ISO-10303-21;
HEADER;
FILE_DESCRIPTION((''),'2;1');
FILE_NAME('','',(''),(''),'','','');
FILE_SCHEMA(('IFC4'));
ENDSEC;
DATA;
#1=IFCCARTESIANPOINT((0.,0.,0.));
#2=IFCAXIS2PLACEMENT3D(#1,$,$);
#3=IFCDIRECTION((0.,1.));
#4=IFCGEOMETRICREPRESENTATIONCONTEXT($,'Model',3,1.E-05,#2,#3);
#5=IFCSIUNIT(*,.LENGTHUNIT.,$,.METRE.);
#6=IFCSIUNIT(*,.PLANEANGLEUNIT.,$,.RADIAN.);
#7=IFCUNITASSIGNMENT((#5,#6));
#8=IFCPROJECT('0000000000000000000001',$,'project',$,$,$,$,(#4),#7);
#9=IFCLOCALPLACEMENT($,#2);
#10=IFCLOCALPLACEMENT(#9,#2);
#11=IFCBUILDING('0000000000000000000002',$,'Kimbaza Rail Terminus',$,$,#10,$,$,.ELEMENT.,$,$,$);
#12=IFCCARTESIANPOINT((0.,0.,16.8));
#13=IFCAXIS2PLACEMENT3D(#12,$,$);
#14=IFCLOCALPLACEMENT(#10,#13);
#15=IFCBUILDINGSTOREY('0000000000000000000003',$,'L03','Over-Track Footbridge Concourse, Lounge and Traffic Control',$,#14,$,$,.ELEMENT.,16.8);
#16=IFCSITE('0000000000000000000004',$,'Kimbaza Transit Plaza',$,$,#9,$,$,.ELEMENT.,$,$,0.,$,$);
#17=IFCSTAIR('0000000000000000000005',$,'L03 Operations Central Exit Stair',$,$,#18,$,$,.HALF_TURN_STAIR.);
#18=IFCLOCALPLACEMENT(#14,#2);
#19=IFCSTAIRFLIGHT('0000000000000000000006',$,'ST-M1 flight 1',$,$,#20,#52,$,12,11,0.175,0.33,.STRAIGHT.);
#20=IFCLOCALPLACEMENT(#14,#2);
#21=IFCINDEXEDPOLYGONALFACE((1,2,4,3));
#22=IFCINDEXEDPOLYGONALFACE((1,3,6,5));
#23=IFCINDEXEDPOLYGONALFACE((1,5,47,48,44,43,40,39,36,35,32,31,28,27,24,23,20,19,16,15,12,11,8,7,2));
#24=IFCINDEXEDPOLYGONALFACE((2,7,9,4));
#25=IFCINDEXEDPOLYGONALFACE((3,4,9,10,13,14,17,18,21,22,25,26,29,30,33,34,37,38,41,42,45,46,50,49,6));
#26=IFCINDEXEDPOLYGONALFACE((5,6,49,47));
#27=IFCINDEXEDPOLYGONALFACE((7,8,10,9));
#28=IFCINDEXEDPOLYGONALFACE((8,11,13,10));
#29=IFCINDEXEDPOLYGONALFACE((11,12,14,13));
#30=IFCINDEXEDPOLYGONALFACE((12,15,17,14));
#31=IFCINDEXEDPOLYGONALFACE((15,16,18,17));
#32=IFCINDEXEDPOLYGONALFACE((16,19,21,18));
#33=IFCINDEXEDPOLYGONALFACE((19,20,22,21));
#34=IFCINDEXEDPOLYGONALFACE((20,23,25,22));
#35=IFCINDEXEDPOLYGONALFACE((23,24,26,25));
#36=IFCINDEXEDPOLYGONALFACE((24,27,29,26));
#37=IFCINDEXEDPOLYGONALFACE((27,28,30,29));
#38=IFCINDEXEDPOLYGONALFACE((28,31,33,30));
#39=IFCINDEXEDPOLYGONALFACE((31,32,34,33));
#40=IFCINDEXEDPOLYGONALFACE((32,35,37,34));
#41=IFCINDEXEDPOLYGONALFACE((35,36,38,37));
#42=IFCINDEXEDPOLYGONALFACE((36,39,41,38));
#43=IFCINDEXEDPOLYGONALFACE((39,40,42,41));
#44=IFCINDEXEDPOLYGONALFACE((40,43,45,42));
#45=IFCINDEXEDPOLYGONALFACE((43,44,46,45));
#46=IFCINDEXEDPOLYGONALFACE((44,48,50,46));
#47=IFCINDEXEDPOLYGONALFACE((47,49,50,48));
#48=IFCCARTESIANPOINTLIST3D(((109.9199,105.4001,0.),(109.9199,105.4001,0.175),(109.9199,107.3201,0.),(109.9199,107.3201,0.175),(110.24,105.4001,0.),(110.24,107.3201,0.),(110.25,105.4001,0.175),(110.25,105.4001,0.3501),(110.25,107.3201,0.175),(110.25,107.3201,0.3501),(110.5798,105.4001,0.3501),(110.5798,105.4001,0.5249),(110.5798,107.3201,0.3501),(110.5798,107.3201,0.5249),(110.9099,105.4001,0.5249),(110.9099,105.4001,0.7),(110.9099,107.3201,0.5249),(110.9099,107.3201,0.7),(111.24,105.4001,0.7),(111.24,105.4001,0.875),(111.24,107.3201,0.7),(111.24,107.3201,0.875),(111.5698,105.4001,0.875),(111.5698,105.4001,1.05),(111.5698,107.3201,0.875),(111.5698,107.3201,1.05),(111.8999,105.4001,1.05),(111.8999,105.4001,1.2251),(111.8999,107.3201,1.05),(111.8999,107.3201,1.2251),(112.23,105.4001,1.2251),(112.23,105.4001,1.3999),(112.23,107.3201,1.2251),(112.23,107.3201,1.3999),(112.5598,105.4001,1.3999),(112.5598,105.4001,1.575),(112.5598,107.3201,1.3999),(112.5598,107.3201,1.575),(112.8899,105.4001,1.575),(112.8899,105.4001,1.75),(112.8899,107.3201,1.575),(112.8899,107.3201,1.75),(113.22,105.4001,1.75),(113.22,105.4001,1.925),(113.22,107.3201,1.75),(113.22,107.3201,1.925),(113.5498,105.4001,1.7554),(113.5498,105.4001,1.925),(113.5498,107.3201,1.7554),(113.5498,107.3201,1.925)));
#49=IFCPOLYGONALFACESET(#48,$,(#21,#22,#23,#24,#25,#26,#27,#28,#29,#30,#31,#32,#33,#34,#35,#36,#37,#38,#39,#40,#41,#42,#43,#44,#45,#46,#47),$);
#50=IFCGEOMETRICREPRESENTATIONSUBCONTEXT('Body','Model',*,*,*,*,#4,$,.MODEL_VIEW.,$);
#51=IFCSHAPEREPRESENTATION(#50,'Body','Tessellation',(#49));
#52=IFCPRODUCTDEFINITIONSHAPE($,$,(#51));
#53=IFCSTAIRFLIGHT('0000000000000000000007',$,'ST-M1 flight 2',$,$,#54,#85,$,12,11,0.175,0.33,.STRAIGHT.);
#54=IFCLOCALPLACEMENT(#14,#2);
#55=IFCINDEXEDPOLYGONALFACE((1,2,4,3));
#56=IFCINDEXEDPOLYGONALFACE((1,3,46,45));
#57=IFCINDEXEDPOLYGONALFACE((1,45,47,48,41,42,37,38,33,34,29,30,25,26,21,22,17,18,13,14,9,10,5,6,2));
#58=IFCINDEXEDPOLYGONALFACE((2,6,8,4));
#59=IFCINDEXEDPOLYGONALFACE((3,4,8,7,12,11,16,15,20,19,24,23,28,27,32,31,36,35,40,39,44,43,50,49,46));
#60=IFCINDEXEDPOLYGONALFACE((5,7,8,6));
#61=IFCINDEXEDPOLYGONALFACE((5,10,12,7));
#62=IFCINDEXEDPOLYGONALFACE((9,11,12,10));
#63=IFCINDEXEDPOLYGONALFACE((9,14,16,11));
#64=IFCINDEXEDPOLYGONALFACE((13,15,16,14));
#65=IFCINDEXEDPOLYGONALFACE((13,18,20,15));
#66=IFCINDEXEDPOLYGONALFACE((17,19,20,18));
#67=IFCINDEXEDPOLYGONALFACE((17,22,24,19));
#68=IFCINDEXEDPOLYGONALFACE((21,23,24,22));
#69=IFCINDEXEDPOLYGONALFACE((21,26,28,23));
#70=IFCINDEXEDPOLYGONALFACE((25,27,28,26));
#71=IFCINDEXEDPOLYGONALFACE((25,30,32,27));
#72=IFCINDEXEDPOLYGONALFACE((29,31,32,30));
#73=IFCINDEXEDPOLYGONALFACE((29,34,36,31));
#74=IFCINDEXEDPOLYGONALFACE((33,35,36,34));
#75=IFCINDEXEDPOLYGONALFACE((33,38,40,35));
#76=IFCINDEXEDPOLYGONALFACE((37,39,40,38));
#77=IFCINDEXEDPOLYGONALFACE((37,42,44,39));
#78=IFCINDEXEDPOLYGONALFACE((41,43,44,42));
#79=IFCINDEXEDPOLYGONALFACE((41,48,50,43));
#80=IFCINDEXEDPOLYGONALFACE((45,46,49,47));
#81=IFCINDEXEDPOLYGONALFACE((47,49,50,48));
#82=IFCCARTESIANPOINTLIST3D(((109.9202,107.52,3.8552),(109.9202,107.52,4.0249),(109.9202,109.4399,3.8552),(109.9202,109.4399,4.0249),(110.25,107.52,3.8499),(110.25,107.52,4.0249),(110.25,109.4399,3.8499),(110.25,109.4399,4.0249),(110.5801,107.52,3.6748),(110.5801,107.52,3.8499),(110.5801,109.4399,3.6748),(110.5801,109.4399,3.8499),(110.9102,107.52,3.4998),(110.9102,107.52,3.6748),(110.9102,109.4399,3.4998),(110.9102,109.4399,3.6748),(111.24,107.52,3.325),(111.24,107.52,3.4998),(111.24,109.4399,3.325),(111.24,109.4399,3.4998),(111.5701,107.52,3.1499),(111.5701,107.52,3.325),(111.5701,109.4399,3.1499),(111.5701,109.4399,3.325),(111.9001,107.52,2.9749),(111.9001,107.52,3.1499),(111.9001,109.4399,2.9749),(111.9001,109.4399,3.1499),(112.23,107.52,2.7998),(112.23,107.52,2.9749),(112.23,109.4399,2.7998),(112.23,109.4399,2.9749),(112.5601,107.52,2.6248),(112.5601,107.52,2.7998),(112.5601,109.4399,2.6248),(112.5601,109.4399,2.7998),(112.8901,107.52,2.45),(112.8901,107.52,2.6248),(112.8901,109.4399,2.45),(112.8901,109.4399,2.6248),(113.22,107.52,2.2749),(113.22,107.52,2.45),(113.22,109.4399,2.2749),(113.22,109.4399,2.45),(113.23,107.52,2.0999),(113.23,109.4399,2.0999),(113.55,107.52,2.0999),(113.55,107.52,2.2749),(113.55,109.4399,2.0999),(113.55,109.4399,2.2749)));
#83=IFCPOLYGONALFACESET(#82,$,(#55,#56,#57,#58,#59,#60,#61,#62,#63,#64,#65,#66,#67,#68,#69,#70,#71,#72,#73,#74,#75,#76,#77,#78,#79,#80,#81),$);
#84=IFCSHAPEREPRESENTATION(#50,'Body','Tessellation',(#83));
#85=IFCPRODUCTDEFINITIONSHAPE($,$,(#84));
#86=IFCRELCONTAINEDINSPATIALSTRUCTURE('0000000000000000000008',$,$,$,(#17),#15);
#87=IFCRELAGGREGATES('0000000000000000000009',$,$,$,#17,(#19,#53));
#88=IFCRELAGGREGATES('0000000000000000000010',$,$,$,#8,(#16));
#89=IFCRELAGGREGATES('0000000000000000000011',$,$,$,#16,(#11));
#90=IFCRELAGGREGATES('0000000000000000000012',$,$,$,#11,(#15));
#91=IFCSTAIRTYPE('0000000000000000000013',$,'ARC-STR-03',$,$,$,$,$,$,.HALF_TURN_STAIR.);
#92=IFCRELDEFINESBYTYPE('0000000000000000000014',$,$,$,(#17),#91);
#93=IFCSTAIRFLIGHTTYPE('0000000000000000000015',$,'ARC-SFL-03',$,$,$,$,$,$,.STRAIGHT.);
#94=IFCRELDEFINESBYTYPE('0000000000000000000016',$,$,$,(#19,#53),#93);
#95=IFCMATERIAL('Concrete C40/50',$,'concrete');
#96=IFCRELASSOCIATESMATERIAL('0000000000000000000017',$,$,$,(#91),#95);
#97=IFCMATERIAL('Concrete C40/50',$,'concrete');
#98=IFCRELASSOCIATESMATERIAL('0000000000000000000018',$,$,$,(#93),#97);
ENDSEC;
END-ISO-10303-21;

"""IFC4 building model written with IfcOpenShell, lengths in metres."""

from ifc_helpers import new_model, si_unit, direction, frame, origin, place, context, subcontext, project, spatial, polyline, outline, extrude, material, type_object, element, aggregate, save


model = new_model("IFC4")

# Units and contexts
model_context = context("Model", 3, precision=1e-05, world=origin(), true_north=direction((0.0, 1.0)))
body_context = subcontext(model_context, "Body", "Model", "MODEL_VIEW")
ifc_project = project(units=[si_unit("LENGTHUNIT", "METRE"), si_unit("PLANEANGLEUNIT", "RADIAN")], contexts=[model_context])

# Site, building, storey
site_placement = place(None, origin())
site = spatial("IfcSite", under=ifc_project, at=site_placement, Name="Kimbaza Transit Plaza", CompositionType="ELEMENT", RefElevation=0.0)
building_placement = place(site_placement, origin())
building = spatial("IfcBuilding", under=site, at=building_placement, Name="Kimbaza Rail Terminus", CompositionType="ELEMENT")
storey_placement = place(building_placement, frame((0.0, 0.0, 16.8)))
storey = spatial("IfcBuildingStorey", under=building, at=storey_placement, Name="L03", Description="Over-Track Footbridge Concourse, Lounge and Traffic Control", CompositionType="ELEMENT", Elevation=16.8)

# Stair, stair flights
ifc_material_1 = material(Name="Concrete C40/50", Category="concrete")
stair_type = type_object("IfcStairType", Name="ARC-STR-03", PredefinedType="HALF_TURN_STAIR", material=ifc_material_1)
stair_placement = place(storey_placement, origin())
stair = element("IfcStair", 1, at=stair_placement, inside=storey, type_object=stair_type, Name="L03 Operations Central Exit Stair", PredefinedType="HALF_TURN_STAIR")
ifc_material_2 = material(Name="Concrete C40/50", Category="concrete")
stair_flight_type = type_object("IfcStairFlightType", Name="ARC-SFL-03", PredefinedType="STRAIGHT", material=ifc_material_2)
stair_flight_1_placement = place(storey_placement, frame((109.9199, 106.3601, 0.0), z_axis=(0.0, 0.0, 1.0), x_axis=(1.0, 0.0, 0.0)))
stair_flight_1 = element("IfcStairFlight", 2, at=stair_flight_1_placement, type_object=stair_flight_type, Name="ST-M1 flight 1", NumberOfRisers=12, NumberOfTreads=11, PredefinedType="STRAIGHT", RiserHeight=0.175, TreadLength=0.33, context=body_context, shape_type="SweptSolid", body=[
    extrude(outline(polyline([(0.0, 0.0), (0.0, 0.175), (0.3301, 0.175), (0.3301, 0.3501), (0.6599, 0.3501), (0.6599, 0.5249), (0.99, 0.5249), (0.99, 0.7), (1.3201, 0.7), (1.3201, 0.875), (1.6499, 0.875), (1.6499, 1.05), (1.98, 1.05), (1.98, 1.2251), (2.3101, 1.2251), (2.3101, 1.3999), (2.6399, 1.3999), (2.6399, 1.575), (2.97, 1.575), (2.97, 1.75), (3.3, 1.75), (3.3, 1.925), (3.6299, 1.925), (3.6299, 2.1001), (3.6299, 1.7554), (0.3201, 0.0), (0.0, 0.0)])), frame((0.0, 0.96, 0.0), z_axis=(0.0, -1.0, 0.0), x_axis=(1.0, 0.0, 0.0)), (0.0, 0.0, 1.0), 1.9199),
])
stair_flight_2_placement = place(storey_placement, frame((113.55, 108.48, 2.0999), z_axis=(0.0, 0.0, 1.0), x_axis=(-1.0, 0.0, 0.0)))
stair_flight_2 = element("IfcStairFlight", 3, at=stair_flight_2_placement, type_object=stair_flight_type, Name="ST-M1 flight 2", NumberOfRisers=12, NumberOfTreads=11, PredefinedType="STRAIGHT", RiserHeight=0.175, TreadLength=0.33, context=body_context, shape_type="SweptSolid", body=[
    extrude(outline(polyline([(0.0, 0.0), (0.0, 0.175), (0.3301, 0.175), (0.3301, 0.3501), (0.6599, 0.3501), (0.6599, 0.5249), (0.99, 0.5249), (0.99, 0.7), (1.3201, 0.7), (1.3201, 0.875), (1.6499, 0.875), (1.6499, 1.05), (1.98, 1.05), (1.98, 1.2251), (2.3101, 1.2251), (2.3101, 1.3999), (2.6399, 1.3999), (2.6399, 1.575), (2.97, 1.575), (2.97, 1.75), (3.3, 1.75), (3.3, 1.925), (3.6299, 1.925), (3.6299, 2.1001), (3.6299, 1.7554), (0.3201, 0.0), (0.0, 0.0)])), frame((0.0, 0.96, 0.0), z_axis=(0.0, -1.0, 0.0), x_axis=(1.0, 0.0, 0.0)), (0.0, 0.0, 1.0), 1.9199),
])
aggregate(stair, [stair_flight_1, stair_flight_2])

save(model, "model.ifc")
